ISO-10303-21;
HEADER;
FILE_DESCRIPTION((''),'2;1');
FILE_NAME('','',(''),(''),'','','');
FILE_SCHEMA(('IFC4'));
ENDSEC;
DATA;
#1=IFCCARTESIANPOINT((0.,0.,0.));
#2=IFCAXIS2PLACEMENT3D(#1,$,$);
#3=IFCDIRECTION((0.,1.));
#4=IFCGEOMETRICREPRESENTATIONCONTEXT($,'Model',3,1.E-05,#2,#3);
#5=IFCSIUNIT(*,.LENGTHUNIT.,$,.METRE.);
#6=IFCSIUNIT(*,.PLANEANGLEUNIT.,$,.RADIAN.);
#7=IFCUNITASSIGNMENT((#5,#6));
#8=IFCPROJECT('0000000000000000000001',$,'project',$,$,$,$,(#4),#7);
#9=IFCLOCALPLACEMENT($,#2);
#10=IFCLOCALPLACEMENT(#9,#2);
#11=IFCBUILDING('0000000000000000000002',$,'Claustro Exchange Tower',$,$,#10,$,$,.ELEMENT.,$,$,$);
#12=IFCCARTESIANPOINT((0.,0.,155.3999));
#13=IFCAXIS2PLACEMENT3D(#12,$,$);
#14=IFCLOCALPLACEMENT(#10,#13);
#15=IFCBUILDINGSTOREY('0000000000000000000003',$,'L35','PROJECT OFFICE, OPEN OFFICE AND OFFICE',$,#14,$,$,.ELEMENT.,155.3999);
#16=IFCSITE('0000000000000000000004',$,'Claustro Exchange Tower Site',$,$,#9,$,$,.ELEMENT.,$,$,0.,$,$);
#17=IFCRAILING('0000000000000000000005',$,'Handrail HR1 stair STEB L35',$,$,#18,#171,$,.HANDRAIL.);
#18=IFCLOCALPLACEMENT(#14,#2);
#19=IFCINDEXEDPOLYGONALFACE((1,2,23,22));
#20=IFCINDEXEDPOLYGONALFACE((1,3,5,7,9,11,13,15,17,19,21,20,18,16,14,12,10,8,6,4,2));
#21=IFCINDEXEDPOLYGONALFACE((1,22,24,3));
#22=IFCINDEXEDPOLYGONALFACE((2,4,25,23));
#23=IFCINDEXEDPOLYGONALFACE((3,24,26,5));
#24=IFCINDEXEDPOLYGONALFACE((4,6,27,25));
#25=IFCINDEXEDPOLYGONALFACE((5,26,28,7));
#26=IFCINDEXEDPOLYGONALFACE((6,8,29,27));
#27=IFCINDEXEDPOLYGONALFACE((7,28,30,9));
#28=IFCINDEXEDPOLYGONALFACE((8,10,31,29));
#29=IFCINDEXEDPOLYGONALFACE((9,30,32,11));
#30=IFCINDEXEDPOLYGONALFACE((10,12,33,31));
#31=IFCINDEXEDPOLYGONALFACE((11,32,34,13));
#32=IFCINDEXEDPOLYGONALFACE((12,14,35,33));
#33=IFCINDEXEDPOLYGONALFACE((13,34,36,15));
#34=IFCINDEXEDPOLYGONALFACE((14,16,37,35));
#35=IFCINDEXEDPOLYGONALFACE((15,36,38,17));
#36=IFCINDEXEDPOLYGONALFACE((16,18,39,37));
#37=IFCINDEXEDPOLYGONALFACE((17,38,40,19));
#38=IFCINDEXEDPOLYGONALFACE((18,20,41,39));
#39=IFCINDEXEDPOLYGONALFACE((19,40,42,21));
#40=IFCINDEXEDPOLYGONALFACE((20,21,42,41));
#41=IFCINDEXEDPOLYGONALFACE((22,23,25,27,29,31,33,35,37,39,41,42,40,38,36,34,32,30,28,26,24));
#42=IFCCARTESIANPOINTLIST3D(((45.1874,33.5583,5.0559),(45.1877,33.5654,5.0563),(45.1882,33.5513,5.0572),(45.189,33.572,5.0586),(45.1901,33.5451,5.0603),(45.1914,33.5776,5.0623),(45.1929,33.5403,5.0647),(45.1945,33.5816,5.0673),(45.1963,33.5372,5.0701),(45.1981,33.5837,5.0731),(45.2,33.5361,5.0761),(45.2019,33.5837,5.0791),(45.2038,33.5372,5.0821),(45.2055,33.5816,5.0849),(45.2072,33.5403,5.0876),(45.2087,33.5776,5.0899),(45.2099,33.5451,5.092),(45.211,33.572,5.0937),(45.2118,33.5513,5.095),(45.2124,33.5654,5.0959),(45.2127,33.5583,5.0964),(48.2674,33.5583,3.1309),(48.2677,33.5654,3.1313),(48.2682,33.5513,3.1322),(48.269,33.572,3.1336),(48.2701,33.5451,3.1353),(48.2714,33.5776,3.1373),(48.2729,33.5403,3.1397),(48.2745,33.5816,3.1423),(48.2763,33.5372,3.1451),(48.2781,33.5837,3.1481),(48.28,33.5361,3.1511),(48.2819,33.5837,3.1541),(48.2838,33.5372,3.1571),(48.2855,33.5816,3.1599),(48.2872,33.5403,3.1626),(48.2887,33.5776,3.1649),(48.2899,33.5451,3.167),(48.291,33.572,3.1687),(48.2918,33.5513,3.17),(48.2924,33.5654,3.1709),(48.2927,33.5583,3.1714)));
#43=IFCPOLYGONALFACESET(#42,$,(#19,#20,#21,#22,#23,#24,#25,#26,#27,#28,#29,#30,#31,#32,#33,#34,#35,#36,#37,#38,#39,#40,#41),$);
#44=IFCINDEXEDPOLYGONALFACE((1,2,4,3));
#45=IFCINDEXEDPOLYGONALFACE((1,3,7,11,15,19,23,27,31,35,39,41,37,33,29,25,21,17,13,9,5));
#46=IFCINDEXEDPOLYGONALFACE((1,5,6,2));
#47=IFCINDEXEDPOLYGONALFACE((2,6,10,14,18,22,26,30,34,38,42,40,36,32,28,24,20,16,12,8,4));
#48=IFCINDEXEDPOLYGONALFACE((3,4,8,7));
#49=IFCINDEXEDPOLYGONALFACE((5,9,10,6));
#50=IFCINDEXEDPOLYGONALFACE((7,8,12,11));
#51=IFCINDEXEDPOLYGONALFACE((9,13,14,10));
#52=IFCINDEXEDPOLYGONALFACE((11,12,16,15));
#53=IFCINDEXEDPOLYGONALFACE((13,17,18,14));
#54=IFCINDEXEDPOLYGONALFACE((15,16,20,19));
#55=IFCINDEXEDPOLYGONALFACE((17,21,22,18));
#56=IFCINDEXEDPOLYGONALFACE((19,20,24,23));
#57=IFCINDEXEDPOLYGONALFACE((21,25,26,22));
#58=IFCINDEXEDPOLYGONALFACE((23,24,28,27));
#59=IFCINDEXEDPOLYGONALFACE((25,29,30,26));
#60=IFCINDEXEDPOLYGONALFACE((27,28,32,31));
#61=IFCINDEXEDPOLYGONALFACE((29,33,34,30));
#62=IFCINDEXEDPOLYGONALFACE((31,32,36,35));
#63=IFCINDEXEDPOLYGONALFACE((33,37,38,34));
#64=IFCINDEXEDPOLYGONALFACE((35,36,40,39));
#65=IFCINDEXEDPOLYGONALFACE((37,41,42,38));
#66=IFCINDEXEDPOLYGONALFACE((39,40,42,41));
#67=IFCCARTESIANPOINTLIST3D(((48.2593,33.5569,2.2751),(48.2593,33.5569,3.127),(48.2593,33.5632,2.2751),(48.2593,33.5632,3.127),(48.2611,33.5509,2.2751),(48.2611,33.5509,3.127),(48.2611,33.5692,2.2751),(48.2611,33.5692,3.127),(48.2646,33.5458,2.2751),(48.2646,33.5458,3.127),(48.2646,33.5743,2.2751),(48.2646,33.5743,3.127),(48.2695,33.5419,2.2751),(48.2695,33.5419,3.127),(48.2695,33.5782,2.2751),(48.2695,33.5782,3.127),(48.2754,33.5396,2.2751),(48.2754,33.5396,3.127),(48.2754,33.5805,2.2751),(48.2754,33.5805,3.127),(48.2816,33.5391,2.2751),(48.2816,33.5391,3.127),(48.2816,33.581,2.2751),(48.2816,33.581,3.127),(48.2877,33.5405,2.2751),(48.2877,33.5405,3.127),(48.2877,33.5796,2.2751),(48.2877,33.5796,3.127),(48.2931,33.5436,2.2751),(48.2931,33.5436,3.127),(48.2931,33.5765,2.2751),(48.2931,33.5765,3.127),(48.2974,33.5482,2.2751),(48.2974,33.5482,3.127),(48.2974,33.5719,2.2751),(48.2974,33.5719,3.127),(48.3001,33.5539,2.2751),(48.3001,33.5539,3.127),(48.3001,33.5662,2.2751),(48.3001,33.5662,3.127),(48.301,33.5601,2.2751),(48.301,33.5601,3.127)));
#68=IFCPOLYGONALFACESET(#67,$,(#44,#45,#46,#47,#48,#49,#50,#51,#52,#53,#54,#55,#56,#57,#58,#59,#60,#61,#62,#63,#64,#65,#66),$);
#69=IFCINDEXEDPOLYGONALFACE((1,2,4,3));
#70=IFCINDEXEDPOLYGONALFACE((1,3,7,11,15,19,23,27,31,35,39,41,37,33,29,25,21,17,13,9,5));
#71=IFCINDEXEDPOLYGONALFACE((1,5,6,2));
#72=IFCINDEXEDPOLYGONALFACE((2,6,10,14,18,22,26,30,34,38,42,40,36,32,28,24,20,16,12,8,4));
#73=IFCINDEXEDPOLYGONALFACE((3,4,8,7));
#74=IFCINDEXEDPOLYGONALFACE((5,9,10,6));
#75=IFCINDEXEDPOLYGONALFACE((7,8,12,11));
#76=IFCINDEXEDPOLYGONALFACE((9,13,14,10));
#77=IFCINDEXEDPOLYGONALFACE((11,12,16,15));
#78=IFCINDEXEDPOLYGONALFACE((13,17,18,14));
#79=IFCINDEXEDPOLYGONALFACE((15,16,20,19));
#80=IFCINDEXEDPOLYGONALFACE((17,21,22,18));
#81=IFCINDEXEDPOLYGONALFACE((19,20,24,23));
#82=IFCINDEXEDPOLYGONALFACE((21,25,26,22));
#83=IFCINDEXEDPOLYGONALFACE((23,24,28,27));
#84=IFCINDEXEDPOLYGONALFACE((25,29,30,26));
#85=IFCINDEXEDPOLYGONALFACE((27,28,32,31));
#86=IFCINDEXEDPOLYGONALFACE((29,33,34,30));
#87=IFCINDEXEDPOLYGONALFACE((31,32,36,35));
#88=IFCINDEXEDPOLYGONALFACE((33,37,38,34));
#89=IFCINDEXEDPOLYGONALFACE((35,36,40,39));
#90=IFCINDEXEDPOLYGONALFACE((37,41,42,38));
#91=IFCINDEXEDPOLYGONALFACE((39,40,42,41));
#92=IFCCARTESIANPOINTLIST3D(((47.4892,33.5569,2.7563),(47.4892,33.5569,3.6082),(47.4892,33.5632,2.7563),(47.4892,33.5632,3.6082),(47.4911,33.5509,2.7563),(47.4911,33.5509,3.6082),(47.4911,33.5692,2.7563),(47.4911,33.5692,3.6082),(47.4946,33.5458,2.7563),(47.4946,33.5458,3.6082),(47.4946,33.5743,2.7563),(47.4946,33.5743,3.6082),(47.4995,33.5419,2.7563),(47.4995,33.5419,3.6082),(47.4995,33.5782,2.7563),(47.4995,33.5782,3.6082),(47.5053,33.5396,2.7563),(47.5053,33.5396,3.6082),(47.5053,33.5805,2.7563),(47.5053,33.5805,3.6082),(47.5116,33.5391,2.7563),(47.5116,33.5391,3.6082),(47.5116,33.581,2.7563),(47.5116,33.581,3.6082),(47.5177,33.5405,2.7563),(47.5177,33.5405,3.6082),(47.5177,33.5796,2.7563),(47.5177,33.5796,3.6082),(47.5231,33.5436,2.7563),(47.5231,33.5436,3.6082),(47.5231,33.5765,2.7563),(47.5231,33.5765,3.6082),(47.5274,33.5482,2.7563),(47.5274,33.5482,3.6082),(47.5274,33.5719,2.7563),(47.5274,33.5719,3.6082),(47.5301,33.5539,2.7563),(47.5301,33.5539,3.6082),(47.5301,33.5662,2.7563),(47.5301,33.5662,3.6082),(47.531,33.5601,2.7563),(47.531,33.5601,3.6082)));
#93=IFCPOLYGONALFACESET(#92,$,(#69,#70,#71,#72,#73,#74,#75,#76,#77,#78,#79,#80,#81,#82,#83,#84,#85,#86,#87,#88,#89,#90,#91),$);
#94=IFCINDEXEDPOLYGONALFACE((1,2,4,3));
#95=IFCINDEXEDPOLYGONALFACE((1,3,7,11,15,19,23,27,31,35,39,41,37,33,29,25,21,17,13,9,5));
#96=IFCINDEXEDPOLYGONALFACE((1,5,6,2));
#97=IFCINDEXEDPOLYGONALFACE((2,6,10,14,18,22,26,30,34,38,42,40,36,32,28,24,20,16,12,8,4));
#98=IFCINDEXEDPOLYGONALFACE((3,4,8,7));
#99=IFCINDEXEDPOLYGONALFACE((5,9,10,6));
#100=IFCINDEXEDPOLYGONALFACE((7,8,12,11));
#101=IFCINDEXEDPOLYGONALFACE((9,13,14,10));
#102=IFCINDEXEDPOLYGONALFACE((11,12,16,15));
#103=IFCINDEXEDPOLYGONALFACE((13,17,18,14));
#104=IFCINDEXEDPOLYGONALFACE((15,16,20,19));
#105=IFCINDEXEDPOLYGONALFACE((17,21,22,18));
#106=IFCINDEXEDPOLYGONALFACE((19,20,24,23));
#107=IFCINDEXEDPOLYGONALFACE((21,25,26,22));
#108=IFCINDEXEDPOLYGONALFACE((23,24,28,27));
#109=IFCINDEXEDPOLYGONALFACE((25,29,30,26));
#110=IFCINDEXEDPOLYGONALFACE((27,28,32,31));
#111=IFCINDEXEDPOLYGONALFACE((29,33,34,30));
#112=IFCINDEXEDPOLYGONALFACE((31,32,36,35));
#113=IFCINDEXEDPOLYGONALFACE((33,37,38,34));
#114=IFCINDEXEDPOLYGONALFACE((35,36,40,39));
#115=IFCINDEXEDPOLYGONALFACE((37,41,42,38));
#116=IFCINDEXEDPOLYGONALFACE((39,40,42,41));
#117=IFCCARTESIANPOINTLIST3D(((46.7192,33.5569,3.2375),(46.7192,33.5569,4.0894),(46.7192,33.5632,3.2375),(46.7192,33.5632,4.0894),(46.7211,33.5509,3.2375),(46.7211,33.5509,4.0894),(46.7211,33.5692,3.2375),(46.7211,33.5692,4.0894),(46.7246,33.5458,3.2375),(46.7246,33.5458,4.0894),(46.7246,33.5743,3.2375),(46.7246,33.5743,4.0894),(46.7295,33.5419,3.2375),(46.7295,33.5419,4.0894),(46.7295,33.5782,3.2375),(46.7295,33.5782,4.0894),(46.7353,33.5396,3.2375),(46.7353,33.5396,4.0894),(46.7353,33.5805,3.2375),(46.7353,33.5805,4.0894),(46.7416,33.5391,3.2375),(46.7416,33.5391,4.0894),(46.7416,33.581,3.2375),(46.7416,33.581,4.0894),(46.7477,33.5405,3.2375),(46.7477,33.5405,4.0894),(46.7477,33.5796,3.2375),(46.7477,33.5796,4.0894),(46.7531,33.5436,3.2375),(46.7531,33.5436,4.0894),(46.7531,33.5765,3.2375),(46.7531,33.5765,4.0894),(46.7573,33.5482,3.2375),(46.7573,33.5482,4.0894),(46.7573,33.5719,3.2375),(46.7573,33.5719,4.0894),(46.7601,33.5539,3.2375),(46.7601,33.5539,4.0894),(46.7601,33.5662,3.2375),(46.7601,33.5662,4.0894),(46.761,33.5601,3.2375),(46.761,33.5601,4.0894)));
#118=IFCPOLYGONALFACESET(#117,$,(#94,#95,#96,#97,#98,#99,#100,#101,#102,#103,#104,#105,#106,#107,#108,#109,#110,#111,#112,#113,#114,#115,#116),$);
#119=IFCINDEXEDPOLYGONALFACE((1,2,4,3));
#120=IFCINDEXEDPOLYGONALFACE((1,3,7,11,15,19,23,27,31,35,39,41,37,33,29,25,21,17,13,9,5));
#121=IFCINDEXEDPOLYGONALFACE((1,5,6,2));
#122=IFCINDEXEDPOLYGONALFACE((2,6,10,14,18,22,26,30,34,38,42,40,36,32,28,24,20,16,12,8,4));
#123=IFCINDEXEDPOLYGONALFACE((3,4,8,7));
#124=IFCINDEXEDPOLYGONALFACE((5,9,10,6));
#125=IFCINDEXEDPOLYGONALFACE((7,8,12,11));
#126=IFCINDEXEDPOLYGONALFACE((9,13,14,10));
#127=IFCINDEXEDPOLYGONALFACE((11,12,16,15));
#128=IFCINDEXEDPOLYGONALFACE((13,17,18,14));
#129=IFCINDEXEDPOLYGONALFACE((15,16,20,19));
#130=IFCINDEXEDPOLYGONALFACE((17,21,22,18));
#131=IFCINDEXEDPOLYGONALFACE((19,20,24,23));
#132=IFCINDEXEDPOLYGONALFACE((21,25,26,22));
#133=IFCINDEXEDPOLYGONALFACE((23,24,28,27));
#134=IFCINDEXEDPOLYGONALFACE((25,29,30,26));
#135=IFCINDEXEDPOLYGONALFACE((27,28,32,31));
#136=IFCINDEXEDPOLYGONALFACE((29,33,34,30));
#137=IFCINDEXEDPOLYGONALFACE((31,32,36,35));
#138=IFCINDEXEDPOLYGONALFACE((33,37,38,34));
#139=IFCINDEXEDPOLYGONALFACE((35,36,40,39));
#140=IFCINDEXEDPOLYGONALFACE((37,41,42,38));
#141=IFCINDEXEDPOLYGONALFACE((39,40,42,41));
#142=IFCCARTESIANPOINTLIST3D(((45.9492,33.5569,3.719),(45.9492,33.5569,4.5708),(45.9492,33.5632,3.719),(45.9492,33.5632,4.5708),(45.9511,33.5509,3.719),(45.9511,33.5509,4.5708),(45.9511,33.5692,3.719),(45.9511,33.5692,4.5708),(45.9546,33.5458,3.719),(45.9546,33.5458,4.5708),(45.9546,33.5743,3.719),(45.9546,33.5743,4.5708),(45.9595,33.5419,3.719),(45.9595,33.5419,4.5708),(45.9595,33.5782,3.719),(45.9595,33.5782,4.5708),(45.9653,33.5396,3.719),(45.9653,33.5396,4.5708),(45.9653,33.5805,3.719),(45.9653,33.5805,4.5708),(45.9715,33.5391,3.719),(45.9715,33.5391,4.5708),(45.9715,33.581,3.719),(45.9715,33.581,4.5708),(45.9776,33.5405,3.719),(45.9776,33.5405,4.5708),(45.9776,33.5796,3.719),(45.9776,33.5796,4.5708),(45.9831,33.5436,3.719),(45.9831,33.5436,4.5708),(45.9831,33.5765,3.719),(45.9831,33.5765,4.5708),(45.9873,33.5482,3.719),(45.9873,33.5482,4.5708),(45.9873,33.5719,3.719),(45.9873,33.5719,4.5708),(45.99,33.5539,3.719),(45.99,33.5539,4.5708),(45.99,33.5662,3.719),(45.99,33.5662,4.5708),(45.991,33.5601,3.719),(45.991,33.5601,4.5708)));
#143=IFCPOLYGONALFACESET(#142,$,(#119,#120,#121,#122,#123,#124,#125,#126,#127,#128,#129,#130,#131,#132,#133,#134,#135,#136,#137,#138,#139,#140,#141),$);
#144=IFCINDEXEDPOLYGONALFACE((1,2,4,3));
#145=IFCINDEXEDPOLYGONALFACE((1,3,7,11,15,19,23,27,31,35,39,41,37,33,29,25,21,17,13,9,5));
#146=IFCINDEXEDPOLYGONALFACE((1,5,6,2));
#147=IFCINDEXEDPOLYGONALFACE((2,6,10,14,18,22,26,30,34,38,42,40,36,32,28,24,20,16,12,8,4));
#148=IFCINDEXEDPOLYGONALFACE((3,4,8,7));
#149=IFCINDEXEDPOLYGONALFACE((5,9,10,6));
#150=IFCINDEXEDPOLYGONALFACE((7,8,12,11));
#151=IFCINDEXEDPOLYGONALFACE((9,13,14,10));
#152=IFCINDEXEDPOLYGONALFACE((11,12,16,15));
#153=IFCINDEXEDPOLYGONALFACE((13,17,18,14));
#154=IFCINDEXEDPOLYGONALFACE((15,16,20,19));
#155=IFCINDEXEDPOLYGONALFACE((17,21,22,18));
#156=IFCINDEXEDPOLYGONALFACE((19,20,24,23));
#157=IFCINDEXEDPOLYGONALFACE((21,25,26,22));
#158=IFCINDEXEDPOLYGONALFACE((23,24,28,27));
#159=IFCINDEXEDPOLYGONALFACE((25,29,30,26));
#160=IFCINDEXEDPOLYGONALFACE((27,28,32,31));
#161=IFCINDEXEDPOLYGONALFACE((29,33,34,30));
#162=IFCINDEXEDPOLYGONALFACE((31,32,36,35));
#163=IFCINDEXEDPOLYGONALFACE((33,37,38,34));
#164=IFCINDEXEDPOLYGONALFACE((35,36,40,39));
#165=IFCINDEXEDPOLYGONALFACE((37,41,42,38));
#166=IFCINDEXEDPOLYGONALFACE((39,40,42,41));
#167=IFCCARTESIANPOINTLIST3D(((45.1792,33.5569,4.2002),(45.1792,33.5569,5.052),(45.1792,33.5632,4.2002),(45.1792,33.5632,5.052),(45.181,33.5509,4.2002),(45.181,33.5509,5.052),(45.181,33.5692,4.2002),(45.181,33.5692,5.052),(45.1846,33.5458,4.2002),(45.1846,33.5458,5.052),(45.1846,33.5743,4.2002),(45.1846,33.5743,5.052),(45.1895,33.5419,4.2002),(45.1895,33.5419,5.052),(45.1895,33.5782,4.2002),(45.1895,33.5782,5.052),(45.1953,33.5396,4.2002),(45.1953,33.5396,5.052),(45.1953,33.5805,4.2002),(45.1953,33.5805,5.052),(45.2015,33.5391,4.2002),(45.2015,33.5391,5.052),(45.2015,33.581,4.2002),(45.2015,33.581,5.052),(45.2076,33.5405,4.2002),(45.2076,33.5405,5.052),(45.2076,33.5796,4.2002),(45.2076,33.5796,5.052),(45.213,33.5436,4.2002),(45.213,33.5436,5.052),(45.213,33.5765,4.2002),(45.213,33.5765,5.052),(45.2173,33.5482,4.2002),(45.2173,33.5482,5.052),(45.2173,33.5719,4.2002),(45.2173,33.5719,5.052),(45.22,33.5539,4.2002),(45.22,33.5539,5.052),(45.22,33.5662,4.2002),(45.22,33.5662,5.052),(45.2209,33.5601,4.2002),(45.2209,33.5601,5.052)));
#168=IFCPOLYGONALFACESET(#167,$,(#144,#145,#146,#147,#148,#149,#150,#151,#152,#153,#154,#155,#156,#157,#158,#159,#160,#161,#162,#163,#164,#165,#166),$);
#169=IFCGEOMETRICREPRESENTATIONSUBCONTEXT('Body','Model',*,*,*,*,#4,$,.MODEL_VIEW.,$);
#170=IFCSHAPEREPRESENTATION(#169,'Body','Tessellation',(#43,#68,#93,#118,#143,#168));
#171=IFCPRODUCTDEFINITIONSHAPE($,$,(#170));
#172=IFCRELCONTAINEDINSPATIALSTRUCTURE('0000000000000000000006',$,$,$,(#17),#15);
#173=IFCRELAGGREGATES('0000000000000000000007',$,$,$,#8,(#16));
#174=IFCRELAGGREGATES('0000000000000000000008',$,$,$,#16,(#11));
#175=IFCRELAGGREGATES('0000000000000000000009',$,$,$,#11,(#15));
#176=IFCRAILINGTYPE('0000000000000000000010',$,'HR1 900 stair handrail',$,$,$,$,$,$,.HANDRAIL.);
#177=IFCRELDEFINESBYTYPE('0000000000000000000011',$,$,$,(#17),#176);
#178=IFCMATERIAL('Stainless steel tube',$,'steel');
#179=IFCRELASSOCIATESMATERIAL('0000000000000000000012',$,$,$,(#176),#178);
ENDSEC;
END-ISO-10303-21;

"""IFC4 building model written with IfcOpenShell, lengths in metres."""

from ifc_helpers import new_model, si_unit, direction, frame, origin, origin_2d, place, context, subcontext, project, spatial, circle, extrude, material, type_object, element, save


model = new_model("IFC4")

# Units and contexts
model_context = context("Model", 3, precision=1e-05, world=origin(), true_north=direction((0.0, 1.0)))
body_context = subcontext(model_context, "Body", "Model", "MODEL_VIEW")
ifc_project = project(units=[si_unit("LENGTHUNIT", "METRE"), si_unit("PLANEANGLEUNIT", "RADIAN")], contexts=[model_context])

# Site, building, storey
site_placement = place(None, origin())
site = spatial("IfcSite", under=ifc_project, at=site_placement, Name="Claustro Exchange Tower Site", CompositionType="ELEMENT", RefElevation=0.0)
building_placement = place(site_placement, origin())
building = spatial("IfcBuilding", under=site, at=building_placement, Name="Claustro Exchange Tower", CompositionType="ELEMENT")
storey_placement = place(building_placement, frame((0.0, 0.0, 155.3999)))
storey = spatial("IfcBuildingStorey", under=building, at=storey_placement, Name="L35", Description="PROJECT OFFICE, OPEN OFFICE AND OFFICE", CompositionType="ELEMENT", Elevation=155.3999)

# Railing
ifc_material_1 = material(Name="Stainless steel tube", Category="steel")
railing_type_1 = type_object("IfcRailingType", Name="HR1 900 stair handrail", PredefinedType="HANDRAIL", material=ifc_material_1)
railing_1_placement = place(storey_placement, frame((48.28, 33.5601, 2.2751)))
element("IfcRailing", 1, at=railing_1_placement, inside=storey, type_object=railing_type_1, Name="Handrail HR1 stair STEB L35", PredefinedType="HANDRAIL", context=body_context, shape_type="SweptSolid", body=[
    extrude(circle(Radius=0.0239, at=origin_2d()), frame((0.0, 0.0, 0.876), z_axis=(-0.847998, 0.0, 0.529999), x_axis=(0.0, -1.0, 0.0)), (0.0, 0.0, 1.0), 3.6321),
    extrude(circle(Radius=0.021, at=origin_2d()), origin(), (0.0, 0.0, 1.0), 0.8518),
    extrude(circle(Radius=0.021, at=origin_2d()), frame((-0.77, 0.0, 0.4812)), (0.0, 0.0, 1.0), 0.8518),
    extrude(circle(Radius=0.021, at=origin_2d()), frame((-1.54, 0.0, 0.9624)), (0.0, 0.0, 1.0), 0.8518),
    extrude(circle(Radius=0.021, at=origin_2d()), frame((-2.3101, 0.0, 1.4438)), (0.0, 0.0, 1.0), 0.8518),
    extrude(circle(Radius=0.021, at=origin_2d()), frame((-3.0801, 0.0, 1.925)), (0.0, 0.0, 1.0), 0.8518),
])

save(model, "model.ifc")
